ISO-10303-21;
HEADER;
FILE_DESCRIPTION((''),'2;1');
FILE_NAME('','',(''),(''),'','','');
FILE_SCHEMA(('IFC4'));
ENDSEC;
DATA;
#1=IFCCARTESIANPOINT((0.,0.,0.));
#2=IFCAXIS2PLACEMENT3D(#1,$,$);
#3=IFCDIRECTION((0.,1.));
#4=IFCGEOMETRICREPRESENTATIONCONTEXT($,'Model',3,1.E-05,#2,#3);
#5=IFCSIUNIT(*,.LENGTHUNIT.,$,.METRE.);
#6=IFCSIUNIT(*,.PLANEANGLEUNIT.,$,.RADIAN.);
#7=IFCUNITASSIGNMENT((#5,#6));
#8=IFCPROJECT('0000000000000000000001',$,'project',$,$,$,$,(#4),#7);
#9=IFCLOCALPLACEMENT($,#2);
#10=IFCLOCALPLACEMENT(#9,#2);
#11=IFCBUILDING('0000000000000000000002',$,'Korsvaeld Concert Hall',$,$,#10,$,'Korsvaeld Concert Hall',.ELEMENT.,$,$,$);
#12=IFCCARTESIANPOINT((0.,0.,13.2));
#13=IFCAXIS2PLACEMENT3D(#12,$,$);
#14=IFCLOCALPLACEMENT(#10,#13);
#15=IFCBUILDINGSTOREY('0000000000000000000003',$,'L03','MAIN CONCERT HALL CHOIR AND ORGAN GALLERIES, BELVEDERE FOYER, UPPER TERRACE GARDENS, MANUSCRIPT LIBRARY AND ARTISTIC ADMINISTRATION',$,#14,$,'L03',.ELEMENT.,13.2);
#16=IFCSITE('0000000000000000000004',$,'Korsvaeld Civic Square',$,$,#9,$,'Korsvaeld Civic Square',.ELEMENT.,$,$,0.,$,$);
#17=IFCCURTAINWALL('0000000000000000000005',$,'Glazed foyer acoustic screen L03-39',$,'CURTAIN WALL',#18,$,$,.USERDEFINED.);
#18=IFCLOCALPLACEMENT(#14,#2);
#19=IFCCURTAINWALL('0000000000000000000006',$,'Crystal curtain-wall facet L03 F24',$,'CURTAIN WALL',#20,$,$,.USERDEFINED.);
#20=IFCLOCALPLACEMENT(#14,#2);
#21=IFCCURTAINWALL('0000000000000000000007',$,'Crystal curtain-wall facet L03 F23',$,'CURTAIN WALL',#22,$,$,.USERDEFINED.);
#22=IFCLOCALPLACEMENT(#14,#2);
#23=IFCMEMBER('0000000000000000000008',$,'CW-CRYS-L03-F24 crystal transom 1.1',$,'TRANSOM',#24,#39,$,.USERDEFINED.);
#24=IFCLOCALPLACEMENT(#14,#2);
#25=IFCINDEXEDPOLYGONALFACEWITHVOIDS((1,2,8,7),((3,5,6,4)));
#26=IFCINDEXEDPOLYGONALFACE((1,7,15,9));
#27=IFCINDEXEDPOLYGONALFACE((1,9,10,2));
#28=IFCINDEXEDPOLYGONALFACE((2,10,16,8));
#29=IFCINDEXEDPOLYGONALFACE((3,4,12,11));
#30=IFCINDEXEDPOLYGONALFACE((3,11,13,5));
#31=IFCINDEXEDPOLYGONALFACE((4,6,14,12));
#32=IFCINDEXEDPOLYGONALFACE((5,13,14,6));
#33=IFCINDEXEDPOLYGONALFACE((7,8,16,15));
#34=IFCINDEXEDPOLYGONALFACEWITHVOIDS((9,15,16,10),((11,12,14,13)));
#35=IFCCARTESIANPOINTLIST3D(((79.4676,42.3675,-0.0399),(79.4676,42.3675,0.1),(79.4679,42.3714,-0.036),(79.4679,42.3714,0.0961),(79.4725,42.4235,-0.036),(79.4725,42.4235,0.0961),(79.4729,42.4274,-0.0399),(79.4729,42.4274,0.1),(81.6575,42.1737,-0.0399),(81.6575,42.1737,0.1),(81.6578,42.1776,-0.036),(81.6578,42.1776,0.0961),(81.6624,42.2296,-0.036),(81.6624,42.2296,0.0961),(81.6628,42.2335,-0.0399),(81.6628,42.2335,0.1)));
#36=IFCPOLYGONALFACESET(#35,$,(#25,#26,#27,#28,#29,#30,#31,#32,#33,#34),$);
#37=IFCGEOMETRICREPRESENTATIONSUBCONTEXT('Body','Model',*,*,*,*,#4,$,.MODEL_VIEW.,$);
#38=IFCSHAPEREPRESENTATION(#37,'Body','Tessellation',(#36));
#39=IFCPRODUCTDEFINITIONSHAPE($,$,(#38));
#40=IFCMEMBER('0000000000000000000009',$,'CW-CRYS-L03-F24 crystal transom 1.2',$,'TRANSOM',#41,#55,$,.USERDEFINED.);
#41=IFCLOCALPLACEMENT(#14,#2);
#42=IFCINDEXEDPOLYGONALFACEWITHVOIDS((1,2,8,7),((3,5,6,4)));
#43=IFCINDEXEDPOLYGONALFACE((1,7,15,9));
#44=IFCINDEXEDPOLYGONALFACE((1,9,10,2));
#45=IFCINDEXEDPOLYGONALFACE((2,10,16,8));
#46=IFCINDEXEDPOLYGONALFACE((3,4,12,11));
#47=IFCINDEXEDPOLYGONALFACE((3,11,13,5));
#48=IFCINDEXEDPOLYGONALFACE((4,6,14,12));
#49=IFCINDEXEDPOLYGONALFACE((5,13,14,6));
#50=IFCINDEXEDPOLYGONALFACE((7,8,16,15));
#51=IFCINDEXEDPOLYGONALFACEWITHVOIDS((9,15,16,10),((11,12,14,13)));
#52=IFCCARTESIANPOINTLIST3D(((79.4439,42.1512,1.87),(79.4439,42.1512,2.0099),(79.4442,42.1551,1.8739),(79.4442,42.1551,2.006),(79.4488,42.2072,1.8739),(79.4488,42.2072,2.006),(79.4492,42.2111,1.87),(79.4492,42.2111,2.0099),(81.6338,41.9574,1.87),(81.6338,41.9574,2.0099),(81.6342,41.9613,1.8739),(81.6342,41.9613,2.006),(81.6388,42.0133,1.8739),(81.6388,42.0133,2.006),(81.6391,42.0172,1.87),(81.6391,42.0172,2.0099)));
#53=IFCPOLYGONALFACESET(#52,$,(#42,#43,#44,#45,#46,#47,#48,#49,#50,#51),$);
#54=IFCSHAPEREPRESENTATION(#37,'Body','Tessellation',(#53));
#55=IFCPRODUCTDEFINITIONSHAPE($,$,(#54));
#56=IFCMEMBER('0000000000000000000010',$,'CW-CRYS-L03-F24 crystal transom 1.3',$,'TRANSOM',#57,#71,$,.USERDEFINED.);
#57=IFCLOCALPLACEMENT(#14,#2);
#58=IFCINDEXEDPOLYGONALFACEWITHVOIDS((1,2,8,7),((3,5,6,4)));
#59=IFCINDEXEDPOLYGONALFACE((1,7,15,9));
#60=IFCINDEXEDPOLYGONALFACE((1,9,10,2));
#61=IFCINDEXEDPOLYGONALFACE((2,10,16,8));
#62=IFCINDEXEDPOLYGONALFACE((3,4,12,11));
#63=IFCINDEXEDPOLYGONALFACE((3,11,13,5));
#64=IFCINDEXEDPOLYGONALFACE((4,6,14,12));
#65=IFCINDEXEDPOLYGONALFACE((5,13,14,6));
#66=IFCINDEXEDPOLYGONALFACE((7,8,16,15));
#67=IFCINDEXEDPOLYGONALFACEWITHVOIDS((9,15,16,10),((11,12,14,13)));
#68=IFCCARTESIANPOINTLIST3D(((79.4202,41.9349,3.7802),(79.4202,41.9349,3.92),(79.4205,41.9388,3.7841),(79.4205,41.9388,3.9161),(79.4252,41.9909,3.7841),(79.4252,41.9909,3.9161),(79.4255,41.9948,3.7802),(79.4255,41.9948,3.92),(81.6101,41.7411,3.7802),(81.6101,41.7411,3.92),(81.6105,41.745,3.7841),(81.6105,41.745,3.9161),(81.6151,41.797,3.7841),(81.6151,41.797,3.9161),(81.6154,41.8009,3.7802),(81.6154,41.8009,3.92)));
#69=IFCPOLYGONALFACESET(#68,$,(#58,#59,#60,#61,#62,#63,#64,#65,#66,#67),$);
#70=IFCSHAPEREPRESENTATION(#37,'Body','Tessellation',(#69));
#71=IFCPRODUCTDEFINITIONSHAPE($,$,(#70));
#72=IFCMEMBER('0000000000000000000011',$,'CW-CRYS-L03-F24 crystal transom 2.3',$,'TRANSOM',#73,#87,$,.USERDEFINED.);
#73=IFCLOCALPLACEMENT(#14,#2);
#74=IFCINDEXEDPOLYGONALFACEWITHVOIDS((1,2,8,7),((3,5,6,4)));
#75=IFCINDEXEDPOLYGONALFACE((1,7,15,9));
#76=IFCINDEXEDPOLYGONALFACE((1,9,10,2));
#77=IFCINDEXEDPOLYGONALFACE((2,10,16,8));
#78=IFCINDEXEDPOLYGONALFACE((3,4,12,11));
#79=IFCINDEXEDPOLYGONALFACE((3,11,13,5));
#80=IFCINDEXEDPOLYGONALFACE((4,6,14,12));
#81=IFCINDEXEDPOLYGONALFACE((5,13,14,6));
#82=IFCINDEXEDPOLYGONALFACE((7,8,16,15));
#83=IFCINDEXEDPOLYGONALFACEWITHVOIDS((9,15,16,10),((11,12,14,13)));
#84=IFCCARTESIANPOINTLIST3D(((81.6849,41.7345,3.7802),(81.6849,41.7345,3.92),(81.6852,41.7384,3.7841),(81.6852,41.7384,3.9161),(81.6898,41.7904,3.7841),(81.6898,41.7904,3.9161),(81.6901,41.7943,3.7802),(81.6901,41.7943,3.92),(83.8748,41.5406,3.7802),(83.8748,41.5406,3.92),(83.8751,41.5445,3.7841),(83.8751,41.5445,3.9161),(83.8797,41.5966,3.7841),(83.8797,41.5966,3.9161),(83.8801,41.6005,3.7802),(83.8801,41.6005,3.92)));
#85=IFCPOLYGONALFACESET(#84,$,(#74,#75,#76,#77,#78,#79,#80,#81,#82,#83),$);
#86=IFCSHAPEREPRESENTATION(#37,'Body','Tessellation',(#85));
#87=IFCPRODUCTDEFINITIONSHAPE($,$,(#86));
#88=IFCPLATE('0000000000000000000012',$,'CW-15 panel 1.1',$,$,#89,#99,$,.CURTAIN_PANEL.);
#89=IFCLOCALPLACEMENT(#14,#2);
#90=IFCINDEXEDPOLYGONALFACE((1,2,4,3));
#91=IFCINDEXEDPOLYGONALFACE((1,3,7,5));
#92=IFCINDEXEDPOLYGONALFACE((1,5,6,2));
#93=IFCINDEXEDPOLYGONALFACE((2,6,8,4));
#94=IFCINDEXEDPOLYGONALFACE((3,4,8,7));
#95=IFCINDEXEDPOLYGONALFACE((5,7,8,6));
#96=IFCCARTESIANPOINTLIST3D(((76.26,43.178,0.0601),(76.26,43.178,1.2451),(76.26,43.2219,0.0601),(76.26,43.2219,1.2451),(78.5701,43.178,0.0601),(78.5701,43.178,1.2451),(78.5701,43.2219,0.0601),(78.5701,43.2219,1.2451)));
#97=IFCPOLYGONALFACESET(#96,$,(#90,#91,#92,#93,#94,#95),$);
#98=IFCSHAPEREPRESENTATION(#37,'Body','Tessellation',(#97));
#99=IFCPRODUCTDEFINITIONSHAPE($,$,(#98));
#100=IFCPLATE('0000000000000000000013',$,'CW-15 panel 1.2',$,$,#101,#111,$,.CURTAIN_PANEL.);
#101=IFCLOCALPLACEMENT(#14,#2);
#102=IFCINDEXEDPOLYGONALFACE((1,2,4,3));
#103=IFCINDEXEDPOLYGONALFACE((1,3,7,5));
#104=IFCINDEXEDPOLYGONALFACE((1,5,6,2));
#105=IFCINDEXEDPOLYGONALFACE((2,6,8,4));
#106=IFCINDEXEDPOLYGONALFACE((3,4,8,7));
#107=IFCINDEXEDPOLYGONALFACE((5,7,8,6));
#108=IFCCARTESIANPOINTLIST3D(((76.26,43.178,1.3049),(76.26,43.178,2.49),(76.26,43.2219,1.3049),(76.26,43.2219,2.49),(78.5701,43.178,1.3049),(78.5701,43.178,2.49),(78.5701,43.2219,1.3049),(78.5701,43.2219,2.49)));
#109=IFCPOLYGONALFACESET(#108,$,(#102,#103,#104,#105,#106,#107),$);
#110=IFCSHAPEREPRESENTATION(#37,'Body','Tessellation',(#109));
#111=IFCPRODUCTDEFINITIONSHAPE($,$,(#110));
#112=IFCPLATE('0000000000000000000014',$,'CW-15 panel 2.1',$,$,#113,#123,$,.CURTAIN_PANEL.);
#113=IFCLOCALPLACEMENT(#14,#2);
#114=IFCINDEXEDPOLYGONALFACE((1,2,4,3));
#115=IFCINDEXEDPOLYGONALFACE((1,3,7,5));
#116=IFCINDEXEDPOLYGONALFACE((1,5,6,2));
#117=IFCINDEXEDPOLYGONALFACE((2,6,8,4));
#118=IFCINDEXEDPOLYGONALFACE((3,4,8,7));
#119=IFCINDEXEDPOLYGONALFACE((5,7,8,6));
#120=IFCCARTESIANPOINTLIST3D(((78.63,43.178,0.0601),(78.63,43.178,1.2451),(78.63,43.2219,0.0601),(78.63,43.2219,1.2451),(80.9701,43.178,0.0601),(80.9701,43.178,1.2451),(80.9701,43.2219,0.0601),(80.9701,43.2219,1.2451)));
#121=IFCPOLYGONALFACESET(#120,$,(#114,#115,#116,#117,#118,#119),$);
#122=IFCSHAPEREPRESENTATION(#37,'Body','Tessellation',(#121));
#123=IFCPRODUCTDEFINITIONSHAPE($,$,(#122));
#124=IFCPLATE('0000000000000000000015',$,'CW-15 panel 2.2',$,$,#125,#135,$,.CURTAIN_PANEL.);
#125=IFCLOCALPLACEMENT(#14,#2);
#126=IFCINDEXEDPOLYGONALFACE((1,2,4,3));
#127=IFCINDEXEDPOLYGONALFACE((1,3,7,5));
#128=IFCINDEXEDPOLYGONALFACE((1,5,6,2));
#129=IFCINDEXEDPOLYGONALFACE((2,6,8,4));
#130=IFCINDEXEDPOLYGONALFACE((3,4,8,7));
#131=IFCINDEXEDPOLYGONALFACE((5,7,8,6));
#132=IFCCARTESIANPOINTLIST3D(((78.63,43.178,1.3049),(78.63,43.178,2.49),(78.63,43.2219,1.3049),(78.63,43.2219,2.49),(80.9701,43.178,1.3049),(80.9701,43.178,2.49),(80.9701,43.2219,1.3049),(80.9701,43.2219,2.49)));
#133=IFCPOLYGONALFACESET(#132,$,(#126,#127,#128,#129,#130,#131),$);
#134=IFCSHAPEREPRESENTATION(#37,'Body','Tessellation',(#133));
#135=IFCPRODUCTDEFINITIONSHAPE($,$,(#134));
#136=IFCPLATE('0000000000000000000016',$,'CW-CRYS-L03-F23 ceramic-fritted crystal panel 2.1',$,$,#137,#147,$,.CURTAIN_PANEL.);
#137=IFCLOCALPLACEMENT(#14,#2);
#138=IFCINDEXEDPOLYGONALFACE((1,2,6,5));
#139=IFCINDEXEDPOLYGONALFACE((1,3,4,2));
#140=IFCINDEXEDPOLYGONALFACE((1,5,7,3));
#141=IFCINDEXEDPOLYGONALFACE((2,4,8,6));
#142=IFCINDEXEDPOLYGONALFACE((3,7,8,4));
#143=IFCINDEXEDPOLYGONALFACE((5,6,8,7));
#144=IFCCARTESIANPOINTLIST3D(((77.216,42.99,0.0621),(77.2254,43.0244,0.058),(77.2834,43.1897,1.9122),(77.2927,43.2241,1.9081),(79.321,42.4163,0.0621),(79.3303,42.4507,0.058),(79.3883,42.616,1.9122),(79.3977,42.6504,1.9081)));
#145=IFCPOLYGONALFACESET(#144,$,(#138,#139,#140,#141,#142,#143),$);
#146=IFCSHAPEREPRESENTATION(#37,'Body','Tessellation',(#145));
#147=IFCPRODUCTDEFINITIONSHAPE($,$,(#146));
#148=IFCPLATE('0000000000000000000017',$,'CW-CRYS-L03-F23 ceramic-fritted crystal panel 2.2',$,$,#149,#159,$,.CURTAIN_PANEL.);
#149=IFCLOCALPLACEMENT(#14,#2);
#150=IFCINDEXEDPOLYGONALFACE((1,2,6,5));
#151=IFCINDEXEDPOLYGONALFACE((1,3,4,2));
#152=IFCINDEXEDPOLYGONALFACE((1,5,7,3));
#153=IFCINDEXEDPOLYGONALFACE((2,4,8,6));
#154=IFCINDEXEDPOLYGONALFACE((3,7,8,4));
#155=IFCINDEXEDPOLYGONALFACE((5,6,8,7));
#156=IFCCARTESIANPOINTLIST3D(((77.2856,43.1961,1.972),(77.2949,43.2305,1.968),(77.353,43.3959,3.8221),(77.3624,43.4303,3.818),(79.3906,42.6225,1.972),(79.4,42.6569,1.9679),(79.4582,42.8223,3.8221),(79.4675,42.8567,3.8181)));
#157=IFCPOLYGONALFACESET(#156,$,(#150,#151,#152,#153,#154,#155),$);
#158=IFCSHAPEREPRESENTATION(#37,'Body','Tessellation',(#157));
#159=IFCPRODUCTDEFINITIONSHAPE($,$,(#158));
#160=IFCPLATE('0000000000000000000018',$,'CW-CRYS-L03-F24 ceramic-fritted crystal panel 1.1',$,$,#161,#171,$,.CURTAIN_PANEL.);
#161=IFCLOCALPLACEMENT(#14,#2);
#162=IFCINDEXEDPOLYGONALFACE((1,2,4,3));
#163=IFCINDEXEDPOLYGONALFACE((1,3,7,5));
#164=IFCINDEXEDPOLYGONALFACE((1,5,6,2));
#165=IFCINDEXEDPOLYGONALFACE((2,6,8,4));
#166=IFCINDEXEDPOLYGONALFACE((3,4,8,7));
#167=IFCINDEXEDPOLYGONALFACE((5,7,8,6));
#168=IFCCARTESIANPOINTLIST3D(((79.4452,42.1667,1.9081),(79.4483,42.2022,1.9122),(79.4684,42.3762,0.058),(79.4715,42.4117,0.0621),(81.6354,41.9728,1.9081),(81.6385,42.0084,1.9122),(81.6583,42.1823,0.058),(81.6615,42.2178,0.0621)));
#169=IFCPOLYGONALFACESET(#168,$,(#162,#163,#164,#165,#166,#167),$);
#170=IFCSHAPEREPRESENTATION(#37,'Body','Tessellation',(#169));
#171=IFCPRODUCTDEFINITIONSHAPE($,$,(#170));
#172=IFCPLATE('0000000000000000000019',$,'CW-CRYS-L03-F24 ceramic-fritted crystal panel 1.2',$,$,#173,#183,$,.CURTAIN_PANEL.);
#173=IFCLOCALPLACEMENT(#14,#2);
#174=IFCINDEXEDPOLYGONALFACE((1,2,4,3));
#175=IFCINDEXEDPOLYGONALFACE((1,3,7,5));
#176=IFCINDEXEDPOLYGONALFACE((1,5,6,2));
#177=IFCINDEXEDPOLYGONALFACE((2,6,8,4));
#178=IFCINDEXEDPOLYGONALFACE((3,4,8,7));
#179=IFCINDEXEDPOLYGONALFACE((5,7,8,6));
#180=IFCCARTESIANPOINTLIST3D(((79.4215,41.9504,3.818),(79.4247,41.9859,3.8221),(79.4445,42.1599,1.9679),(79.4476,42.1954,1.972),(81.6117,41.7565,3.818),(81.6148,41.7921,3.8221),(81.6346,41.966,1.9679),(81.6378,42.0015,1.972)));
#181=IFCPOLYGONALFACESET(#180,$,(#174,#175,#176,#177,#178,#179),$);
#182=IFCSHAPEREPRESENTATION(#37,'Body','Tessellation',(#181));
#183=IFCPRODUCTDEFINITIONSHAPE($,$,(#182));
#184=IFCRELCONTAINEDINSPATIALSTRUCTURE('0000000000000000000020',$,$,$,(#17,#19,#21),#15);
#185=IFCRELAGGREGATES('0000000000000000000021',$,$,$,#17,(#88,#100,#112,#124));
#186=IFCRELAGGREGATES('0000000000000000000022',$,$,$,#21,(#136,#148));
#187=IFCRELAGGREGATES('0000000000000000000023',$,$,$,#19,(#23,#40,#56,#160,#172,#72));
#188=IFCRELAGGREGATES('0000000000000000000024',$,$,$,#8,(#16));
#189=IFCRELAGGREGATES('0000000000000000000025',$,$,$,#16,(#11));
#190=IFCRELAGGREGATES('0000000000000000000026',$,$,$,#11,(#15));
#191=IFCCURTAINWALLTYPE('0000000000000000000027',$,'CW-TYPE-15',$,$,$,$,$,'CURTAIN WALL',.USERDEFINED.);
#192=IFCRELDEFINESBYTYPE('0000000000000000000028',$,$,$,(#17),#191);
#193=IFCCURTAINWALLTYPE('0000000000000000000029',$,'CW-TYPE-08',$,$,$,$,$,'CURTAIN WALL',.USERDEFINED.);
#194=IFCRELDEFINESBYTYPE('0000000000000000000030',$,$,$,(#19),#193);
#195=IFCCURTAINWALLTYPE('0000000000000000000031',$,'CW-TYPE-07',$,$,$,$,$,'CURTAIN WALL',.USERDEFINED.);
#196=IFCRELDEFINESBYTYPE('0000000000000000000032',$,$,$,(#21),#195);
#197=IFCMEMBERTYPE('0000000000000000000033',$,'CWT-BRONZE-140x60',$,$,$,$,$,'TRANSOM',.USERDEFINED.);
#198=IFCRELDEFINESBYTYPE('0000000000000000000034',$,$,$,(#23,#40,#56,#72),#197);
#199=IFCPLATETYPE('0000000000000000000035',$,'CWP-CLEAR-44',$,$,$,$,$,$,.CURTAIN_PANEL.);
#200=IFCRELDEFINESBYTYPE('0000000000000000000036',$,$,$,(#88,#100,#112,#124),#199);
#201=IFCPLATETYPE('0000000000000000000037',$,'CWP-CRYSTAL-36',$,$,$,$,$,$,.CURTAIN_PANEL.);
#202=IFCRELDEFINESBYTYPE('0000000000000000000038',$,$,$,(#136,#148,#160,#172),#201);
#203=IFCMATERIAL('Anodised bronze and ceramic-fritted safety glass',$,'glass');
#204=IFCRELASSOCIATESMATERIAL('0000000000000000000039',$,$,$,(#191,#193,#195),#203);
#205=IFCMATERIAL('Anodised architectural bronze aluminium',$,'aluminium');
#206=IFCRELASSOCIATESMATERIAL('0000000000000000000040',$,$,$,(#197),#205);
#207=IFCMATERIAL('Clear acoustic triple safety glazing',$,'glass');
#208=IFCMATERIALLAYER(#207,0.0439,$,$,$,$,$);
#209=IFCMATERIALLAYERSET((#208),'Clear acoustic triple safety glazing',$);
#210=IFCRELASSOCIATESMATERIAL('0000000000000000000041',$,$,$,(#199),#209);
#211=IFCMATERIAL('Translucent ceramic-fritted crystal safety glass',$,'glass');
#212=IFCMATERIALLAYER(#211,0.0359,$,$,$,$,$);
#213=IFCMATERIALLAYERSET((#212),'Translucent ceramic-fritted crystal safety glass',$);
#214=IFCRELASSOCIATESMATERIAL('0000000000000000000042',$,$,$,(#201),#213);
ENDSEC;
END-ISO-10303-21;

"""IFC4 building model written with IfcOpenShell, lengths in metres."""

from ifc_helpers import new_model, si_unit, direction, frame, origin, origin_2d, place, context, subcontext, project, spatial, polyline, rectangle, hollow_rectangle, outline, extrude, material, layer, layer_set, material_profile, profile_set, type_object, element, aggregate, save


model = new_model("IFC4")

# Units and contexts
model_context = context("Model", 3, precision=1e-05, world=origin(), true_north=direction((0.0, 1.0)))
body_context = subcontext(model_context, "Body", "Model", "MODEL_VIEW")
ifc_project = project(units=[si_unit("LENGTHUNIT", "METRE"), si_unit("PLANEANGLEUNIT", "RADIAN")], contexts=[model_context])

# Site, building, storey
site_placement = place(None, origin())
site = spatial("IfcSite", under=ifc_project, at=site_placement, Name="Korsvaeld Civic Square", LongName="Korsvaeld Civic Square", CompositionType="ELEMENT", RefElevation=0.0)
building_placement = place(site_placement, origin())
building = spatial("IfcBuilding", under=site, at=building_placement, Name="Korsvaeld Concert Hall", LongName="Korsvaeld Concert Hall", CompositionType="ELEMENT")
storey_placement = place(building_placement, frame((0.0, 0.0, 13.2)))
storey = spatial("IfcBuildingStorey", under=building, at=storey_placement, Name="L03", Description="MAIN CONCERT HALL CHOIR AND ORGAN GALLERIES, BELVEDERE FOYER, UPPER TERRACE GARDENS, MANUSCRIPT LIBRARY AND ARTISTIC ADMINISTRATION", LongName="L03", CompositionType="ELEMENT", Elevation=13.2)

# Curtain walls
ifc_material_1 = material(Name="Anodised bronze and ceramic-fritted safety glass", Category="glass")
curtain_wall_type_1 = type_object("IfcCurtainWallType", Name="CW-TYPE-15", ElementType="CURTAIN WALL", PredefinedType="USERDEFINED", material=ifc_material_1)
curtain_wall_1_placement = place(storey_placement, origin())
curtain_wall_1 = element("IfcCurtainWall", 1, at=curtain_wall_1_placement, inside=storey, type_object=curtain_wall_type_1, Name="Glazed foyer acoustic screen L03-39", ObjectType="CURTAIN WALL", PredefinedType="USERDEFINED")
ifc_material_2 = material(Name="Anodised architectural bronze aluminium", Category="aluminium")
curtain_wall_type_2 = type_object("IfcCurtainWallType", Name="CW-TYPE-08", ElementType="CURTAIN WALL", PredefinedType="USERDEFINED", material=ifc_material_1)
curtain_wall_2_placement = place(storey_placement, origin())
curtain_wall_2 = element("IfcCurtainWall", 2, at=curtain_wall_2_placement, inside=storey, type_object=curtain_wall_type_2, Name="Crystal curtain-wall facet L03 F24", ObjectType="CURTAIN WALL", PredefinedType="USERDEFINED")
curtain_wall_type_3 = type_object("IfcCurtainWallType", Name="CW-TYPE-07", ElementType="CURTAIN WALL", PredefinedType="USERDEFINED", material=ifc_material_1)
curtain_wall_3_placement = place(storey_placement, origin())
curtain_wall_3 = element("IfcCurtainWall", 3, at=curtain_wall_3_placement, inside=storey, type_object=curtain_wall_type_3, Name="Crystal curtain-wall facet L03 F23", ObjectType="CURTAIN WALL", PredefinedType="USERDEFINED")

# Members
ifc_material_profile_1 = material_profile(ifc_material_2, hollow_rectangle(XDim=0.0601, YDim=0.1399, WallThickness=0.0039, at=origin_2d()), Name="CWT 140x60x4")
ifc_profile_set_1 = profile_set([ifc_material_profile_1], Name="Anodised architectural bronze aluminium")
member_type_1 = type_object("IfcMemberType", Name="CWT-BRONZE-140x60", ElementType="TRANSOM", PredefinedType="USERDEFINED", material=ifc_profile_set_1)
member_1_placement = place(storey_placement, frame((79.4702, 42.3975, 0.03), z_axis=(0.996105, -0.088173, 0.0), x_axis=(0.088173, 0.996105, 0.0)))
member_1 = element("IfcMember", 4, at=member_1_placement, type_object=member_type_1, Name="CW-CRYS-L03-F24 crystal transom 1.1", ObjectType="TRANSOM", PredefinedType="USERDEFINED", context=body_context, shape_type="SweptSolid", body=[
    extrude(hollow_rectangle(XDim=0.0601, YDim=0.1399, WallThickness=0.0039, at=origin_2d()), origin(), (0.0, 0.0, 1.0), 2.1985),
])
member_2_placement = place(storey_placement, frame((79.4465, 42.1812, 1.9399), z_axis=(0.996105, -0.088173, 0.0), x_axis=(0.088173, 0.996105, 0.0)))
member_2 = element("IfcMember", 5, at=member_2_placement, type_object=member_type_1, Name="CW-CRYS-L03-F24 crystal transom 1.2", ObjectType="TRANSOM", PredefinedType="USERDEFINED", context=body_context, shape_type="SweptSolid", body=[
    extrude(hollow_rectangle(XDim=0.0601, YDim=0.1399, WallThickness=0.0039, at=origin_2d()), origin(), (0.0, 0.0, 1.0), 2.1985),
])
member_3_placement = place(storey_placement, frame((79.4229, 41.9648, 3.8501), z_axis=(0.996105, -0.088173, 0.0), x_axis=(0.088173, 0.996105, 0.0)))
member_3 = element("IfcMember", 6, at=member_3_placement, type_object=member_type_1, Name="CW-CRYS-L03-F24 crystal transom 1.3", ObjectType="TRANSOM", PredefinedType="USERDEFINED", context=body_context, shape_type="SweptSolid", body=[
    extrude(hollow_rectangle(XDim=0.0601, YDim=0.1399, WallThickness=0.0039, at=origin_2d()), origin(), (0.0, 0.0, 1.0), 2.1985),
])
member_4_placement = place(storey_placement, frame((81.6875, 41.7644, 3.8501), z_axis=(0.996105, -0.088173, 0.0), x_axis=(0.088173, 0.996105, 0.0)))
member_4 = element("IfcMember", 7, at=member_4_placement, type_object=member_type_1, Name="CW-CRYS-L03-F24 crystal transom 2.3", ObjectType="TRANSOM", PredefinedType="USERDEFINED", context=body_context, shape_type="SweptSolid", body=[
    extrude(hollow_rectangle(XDim=0.0601, YDim=0.1399, WallThickness=0.0039, at=origin_2d()), origin(), (0.0, 0.0, 1.0), 2.1985),
])

# Plates
ifc_material_3 = material(Name="Clear acoustic triple safety glazing", Category="glass")
ifc_layer_1 = layer(ifc_material_3, 0.0439)
ifc_layer_set_1 = layer_set([ifc_layer_1], Name="Clear acoustic triple safety glazing")
plate_type_1 = type_object("IfcPlateType", Name="CWP-CLEAR-44", PredefinedType="CURTAIN_PANEL", material=ifc_layer_set_1)
plate_1_placement = place(storey_placement, frame((77.415, 43.2, 0.0601), z_axis=(0.0, 0.0, 1.0), x_axis=(1.0, 0.0, 0.0)))
plate_1 = element("IfcPlate", 8, at=plate_1_placement, type_object=plate_type_1, Name="CW-15 panel 1.1", PredefinedType="CURTAIN_PANEL", context=body_context, shape_type="SweptSolid", body=[
    extrude(rectangle(XDim=2.3101, YDim=0.0439, at=origin_2d()), origin(), (0.0, 0.0, 1.0), 1.1851),
])
plate_2_placement = place(storey_placement, frame((77.415, 43.2, 1.3049), z_axis=(0.0, 0.0, 1.0), x_axis=(1.0, 0.0, 0.0)))
plate_2 = element("IfcPlate", 9, at=plate_2_placement, type_object=plate_type_1, Name="CW-15 panel 1.2", PredefinedType="CURTAIN_PANEL", context=body_context, shape_type="SweptSolid", body=[
    extrude(rectangle(XDim=2.3101, YDim=0.0439, at=origin_2d()), origin(), (0.0, 0.0, 1.0), 1.1851),
])
plate_3_placement = place(storey_placement, frame((79.8, 43.2, 0.0601), z_axis=(0.0, 0.0, 1.0), x_axis=(1.0, 0.0, 0.0)))
plate_3 = element("IfcPlate", 10, at=plate_3_placement, type_object=plate_type_1, Name="CW-15 panel 2.1", PredefinedType="CURTAIN_PANEL", context=body_context, shape_type="SweptSolid", body=[
    extrude(rectangle(XDim=2.3401, YDim=0.0439, at=origin_2d()), origin(), (0.0, 0.0, 1.0), 1.1851),
])
plate_4_placement = place(storey_placement, frame((79.8, 43.2, 1.3049), z_axis=(0.0, 0.0, 1.0), x_axis=(1.0, 0.0, 0.0)))
plate_4 = element("IfcPlate", 11, at=plate_4_placement, type_object=plate_type_1, Name="CW-15 panel 2.2", PredefinedType="CURTAIN_PANEL", context=body_context, shape_type="SweptSolid", body=[
    extrude(rectangle(XDim=2.3401, YDim=0.0439, at=origin_2d()), origin(), (0.0, 0.0, 1.0), 1.1851),
])
aggregate(curtain_wall_1, [plate_1, plate_2, plate_3, plate_4])
ifc_material_4 = material(Name="Translucent ceramic-fritted crystal safety glass", Category="glass")
ifc_layer_2 = layer(ifc_material_4, 0.0359)
ifc_layer_set_2 = layer_set([ifc_layer_2], Name="Translucent ceramic-fritted crystal safety glass")
plate_type_2 = type_object("IfcPlateType", Name="CWP-CRYSTAL-36", PredefinedType="CURTAIN_PANEL", material=ifc_layer_set_2)
plate_5_placement = place(storey_placement, frame((77.2207, 43.0073, 0.0601), z_axis=(-0.261282, -0.958626, 0.112994), x_axis=(0.964805, -0.262966, 0.0)))
plate_5 = element("IfcPlate", 12, at=plate_5_placement, type_object=plate_type_2, Name="CW-CRYS-L03-F23 ceramic-fritted crystal panel 2.1", PredefinedType="CURTAIN_PANEL", context=body_context, shape_type="SweptSolid", body=[
    extrude(outline(polyline([(0.0, 0.0), (2.1818, 0.0), (2.1943, 1.862), (0.0125, 1.862), (0.0, 0.0)])), frame((0.0, 0.0, 0.0181)), (0.0, 0.0, -1.0), 0.0359),
])
plate_6_placement = place(storey_placement, frame((77.2903, 43.2134, 1.97), z_axis=(-0.261214, -0.958635, 0.113073), x_axis=(0.964823, -0.2629, -0.000008)))
plate_6 = element("IfcPlate", 13, at=plate_6_placement, type_object=plate_type_2, Name="CW-CRYS-L03-F23 ceramic-fritted crystal panel 2.2", PredefinedType="CURTAIN_PANEL", context=body_context, shape_type="SweptSolid", body=[
    extrude(outline(polyline([(0.0, 0.0), (2.1818, 0.0), (2.1944, 1.8621), (0.0125, 1.862), (0.0, 0.0)])), frame((0.0, 0.0, 0.0181)), (0.0, 0.0, -1.0), 0.0359),
])
aggregate(curtain_wall_3, [plate_5, plate_6])
plate_7_placement = place(storey_placement, frame((79.47, 42.394, 0.0601), z_axis=(-0.087601, -0.989709, -0.11315), x_axis=(0.996106, -0.088168, 0.000001)))
plate_7 = element("IfcPlate", 14, at=plate_7_placement, type_object=plate_type_2, Name="CW-CRYS-L03-F24 ceramic-fritted crystal panel 1.1", PredefinedType="CURTAIN_PANEL", context=body_context, shape_type="SweptSolid", body=[
    extrude(outline(polyline([(0.0, 0.0), (2.1985, 0.0), (2.1941, 1.8621), (-0.0046, 1.8621), (0.0, 0.0)])), frame((0.0, 0.0, 0.0181)), (0.0, 0.0, -1.0), 0.0359),
])
plate_8_placement = place(storey_placement, frame((79.446, 42.1777, 1.97), z_axis=(-0.087597, -0.98971, -0.113144), x_axis=(0.996106, -0.088163, 0.0)))
plate_8 = element("IfcPlate", 15, at=plate_8_placement, type_object=plate_type_2, Name="CW-CRYS-L03-F24 ceramic-fritted crystal panel 1.2", PredefinedType="CURTAIN_PANEL", context=body_context, shape_type="SweptSolid", body=[
    extrude(outline(polyline([(0.0, 0.0), (2.1987, 0.0), (2.1944, 1.8621), (-0.0044, 1.8621), (0.0, 0.0)])), frame((0.0, 0.0, 0.0181)), (0.0, 0.0, -1.0), 0.0359),
])
aggregate(curtain_wall_2, [member_1, member_2, member_3, plate_7, plate_8, member_4])

save(model, "model.ifc")
